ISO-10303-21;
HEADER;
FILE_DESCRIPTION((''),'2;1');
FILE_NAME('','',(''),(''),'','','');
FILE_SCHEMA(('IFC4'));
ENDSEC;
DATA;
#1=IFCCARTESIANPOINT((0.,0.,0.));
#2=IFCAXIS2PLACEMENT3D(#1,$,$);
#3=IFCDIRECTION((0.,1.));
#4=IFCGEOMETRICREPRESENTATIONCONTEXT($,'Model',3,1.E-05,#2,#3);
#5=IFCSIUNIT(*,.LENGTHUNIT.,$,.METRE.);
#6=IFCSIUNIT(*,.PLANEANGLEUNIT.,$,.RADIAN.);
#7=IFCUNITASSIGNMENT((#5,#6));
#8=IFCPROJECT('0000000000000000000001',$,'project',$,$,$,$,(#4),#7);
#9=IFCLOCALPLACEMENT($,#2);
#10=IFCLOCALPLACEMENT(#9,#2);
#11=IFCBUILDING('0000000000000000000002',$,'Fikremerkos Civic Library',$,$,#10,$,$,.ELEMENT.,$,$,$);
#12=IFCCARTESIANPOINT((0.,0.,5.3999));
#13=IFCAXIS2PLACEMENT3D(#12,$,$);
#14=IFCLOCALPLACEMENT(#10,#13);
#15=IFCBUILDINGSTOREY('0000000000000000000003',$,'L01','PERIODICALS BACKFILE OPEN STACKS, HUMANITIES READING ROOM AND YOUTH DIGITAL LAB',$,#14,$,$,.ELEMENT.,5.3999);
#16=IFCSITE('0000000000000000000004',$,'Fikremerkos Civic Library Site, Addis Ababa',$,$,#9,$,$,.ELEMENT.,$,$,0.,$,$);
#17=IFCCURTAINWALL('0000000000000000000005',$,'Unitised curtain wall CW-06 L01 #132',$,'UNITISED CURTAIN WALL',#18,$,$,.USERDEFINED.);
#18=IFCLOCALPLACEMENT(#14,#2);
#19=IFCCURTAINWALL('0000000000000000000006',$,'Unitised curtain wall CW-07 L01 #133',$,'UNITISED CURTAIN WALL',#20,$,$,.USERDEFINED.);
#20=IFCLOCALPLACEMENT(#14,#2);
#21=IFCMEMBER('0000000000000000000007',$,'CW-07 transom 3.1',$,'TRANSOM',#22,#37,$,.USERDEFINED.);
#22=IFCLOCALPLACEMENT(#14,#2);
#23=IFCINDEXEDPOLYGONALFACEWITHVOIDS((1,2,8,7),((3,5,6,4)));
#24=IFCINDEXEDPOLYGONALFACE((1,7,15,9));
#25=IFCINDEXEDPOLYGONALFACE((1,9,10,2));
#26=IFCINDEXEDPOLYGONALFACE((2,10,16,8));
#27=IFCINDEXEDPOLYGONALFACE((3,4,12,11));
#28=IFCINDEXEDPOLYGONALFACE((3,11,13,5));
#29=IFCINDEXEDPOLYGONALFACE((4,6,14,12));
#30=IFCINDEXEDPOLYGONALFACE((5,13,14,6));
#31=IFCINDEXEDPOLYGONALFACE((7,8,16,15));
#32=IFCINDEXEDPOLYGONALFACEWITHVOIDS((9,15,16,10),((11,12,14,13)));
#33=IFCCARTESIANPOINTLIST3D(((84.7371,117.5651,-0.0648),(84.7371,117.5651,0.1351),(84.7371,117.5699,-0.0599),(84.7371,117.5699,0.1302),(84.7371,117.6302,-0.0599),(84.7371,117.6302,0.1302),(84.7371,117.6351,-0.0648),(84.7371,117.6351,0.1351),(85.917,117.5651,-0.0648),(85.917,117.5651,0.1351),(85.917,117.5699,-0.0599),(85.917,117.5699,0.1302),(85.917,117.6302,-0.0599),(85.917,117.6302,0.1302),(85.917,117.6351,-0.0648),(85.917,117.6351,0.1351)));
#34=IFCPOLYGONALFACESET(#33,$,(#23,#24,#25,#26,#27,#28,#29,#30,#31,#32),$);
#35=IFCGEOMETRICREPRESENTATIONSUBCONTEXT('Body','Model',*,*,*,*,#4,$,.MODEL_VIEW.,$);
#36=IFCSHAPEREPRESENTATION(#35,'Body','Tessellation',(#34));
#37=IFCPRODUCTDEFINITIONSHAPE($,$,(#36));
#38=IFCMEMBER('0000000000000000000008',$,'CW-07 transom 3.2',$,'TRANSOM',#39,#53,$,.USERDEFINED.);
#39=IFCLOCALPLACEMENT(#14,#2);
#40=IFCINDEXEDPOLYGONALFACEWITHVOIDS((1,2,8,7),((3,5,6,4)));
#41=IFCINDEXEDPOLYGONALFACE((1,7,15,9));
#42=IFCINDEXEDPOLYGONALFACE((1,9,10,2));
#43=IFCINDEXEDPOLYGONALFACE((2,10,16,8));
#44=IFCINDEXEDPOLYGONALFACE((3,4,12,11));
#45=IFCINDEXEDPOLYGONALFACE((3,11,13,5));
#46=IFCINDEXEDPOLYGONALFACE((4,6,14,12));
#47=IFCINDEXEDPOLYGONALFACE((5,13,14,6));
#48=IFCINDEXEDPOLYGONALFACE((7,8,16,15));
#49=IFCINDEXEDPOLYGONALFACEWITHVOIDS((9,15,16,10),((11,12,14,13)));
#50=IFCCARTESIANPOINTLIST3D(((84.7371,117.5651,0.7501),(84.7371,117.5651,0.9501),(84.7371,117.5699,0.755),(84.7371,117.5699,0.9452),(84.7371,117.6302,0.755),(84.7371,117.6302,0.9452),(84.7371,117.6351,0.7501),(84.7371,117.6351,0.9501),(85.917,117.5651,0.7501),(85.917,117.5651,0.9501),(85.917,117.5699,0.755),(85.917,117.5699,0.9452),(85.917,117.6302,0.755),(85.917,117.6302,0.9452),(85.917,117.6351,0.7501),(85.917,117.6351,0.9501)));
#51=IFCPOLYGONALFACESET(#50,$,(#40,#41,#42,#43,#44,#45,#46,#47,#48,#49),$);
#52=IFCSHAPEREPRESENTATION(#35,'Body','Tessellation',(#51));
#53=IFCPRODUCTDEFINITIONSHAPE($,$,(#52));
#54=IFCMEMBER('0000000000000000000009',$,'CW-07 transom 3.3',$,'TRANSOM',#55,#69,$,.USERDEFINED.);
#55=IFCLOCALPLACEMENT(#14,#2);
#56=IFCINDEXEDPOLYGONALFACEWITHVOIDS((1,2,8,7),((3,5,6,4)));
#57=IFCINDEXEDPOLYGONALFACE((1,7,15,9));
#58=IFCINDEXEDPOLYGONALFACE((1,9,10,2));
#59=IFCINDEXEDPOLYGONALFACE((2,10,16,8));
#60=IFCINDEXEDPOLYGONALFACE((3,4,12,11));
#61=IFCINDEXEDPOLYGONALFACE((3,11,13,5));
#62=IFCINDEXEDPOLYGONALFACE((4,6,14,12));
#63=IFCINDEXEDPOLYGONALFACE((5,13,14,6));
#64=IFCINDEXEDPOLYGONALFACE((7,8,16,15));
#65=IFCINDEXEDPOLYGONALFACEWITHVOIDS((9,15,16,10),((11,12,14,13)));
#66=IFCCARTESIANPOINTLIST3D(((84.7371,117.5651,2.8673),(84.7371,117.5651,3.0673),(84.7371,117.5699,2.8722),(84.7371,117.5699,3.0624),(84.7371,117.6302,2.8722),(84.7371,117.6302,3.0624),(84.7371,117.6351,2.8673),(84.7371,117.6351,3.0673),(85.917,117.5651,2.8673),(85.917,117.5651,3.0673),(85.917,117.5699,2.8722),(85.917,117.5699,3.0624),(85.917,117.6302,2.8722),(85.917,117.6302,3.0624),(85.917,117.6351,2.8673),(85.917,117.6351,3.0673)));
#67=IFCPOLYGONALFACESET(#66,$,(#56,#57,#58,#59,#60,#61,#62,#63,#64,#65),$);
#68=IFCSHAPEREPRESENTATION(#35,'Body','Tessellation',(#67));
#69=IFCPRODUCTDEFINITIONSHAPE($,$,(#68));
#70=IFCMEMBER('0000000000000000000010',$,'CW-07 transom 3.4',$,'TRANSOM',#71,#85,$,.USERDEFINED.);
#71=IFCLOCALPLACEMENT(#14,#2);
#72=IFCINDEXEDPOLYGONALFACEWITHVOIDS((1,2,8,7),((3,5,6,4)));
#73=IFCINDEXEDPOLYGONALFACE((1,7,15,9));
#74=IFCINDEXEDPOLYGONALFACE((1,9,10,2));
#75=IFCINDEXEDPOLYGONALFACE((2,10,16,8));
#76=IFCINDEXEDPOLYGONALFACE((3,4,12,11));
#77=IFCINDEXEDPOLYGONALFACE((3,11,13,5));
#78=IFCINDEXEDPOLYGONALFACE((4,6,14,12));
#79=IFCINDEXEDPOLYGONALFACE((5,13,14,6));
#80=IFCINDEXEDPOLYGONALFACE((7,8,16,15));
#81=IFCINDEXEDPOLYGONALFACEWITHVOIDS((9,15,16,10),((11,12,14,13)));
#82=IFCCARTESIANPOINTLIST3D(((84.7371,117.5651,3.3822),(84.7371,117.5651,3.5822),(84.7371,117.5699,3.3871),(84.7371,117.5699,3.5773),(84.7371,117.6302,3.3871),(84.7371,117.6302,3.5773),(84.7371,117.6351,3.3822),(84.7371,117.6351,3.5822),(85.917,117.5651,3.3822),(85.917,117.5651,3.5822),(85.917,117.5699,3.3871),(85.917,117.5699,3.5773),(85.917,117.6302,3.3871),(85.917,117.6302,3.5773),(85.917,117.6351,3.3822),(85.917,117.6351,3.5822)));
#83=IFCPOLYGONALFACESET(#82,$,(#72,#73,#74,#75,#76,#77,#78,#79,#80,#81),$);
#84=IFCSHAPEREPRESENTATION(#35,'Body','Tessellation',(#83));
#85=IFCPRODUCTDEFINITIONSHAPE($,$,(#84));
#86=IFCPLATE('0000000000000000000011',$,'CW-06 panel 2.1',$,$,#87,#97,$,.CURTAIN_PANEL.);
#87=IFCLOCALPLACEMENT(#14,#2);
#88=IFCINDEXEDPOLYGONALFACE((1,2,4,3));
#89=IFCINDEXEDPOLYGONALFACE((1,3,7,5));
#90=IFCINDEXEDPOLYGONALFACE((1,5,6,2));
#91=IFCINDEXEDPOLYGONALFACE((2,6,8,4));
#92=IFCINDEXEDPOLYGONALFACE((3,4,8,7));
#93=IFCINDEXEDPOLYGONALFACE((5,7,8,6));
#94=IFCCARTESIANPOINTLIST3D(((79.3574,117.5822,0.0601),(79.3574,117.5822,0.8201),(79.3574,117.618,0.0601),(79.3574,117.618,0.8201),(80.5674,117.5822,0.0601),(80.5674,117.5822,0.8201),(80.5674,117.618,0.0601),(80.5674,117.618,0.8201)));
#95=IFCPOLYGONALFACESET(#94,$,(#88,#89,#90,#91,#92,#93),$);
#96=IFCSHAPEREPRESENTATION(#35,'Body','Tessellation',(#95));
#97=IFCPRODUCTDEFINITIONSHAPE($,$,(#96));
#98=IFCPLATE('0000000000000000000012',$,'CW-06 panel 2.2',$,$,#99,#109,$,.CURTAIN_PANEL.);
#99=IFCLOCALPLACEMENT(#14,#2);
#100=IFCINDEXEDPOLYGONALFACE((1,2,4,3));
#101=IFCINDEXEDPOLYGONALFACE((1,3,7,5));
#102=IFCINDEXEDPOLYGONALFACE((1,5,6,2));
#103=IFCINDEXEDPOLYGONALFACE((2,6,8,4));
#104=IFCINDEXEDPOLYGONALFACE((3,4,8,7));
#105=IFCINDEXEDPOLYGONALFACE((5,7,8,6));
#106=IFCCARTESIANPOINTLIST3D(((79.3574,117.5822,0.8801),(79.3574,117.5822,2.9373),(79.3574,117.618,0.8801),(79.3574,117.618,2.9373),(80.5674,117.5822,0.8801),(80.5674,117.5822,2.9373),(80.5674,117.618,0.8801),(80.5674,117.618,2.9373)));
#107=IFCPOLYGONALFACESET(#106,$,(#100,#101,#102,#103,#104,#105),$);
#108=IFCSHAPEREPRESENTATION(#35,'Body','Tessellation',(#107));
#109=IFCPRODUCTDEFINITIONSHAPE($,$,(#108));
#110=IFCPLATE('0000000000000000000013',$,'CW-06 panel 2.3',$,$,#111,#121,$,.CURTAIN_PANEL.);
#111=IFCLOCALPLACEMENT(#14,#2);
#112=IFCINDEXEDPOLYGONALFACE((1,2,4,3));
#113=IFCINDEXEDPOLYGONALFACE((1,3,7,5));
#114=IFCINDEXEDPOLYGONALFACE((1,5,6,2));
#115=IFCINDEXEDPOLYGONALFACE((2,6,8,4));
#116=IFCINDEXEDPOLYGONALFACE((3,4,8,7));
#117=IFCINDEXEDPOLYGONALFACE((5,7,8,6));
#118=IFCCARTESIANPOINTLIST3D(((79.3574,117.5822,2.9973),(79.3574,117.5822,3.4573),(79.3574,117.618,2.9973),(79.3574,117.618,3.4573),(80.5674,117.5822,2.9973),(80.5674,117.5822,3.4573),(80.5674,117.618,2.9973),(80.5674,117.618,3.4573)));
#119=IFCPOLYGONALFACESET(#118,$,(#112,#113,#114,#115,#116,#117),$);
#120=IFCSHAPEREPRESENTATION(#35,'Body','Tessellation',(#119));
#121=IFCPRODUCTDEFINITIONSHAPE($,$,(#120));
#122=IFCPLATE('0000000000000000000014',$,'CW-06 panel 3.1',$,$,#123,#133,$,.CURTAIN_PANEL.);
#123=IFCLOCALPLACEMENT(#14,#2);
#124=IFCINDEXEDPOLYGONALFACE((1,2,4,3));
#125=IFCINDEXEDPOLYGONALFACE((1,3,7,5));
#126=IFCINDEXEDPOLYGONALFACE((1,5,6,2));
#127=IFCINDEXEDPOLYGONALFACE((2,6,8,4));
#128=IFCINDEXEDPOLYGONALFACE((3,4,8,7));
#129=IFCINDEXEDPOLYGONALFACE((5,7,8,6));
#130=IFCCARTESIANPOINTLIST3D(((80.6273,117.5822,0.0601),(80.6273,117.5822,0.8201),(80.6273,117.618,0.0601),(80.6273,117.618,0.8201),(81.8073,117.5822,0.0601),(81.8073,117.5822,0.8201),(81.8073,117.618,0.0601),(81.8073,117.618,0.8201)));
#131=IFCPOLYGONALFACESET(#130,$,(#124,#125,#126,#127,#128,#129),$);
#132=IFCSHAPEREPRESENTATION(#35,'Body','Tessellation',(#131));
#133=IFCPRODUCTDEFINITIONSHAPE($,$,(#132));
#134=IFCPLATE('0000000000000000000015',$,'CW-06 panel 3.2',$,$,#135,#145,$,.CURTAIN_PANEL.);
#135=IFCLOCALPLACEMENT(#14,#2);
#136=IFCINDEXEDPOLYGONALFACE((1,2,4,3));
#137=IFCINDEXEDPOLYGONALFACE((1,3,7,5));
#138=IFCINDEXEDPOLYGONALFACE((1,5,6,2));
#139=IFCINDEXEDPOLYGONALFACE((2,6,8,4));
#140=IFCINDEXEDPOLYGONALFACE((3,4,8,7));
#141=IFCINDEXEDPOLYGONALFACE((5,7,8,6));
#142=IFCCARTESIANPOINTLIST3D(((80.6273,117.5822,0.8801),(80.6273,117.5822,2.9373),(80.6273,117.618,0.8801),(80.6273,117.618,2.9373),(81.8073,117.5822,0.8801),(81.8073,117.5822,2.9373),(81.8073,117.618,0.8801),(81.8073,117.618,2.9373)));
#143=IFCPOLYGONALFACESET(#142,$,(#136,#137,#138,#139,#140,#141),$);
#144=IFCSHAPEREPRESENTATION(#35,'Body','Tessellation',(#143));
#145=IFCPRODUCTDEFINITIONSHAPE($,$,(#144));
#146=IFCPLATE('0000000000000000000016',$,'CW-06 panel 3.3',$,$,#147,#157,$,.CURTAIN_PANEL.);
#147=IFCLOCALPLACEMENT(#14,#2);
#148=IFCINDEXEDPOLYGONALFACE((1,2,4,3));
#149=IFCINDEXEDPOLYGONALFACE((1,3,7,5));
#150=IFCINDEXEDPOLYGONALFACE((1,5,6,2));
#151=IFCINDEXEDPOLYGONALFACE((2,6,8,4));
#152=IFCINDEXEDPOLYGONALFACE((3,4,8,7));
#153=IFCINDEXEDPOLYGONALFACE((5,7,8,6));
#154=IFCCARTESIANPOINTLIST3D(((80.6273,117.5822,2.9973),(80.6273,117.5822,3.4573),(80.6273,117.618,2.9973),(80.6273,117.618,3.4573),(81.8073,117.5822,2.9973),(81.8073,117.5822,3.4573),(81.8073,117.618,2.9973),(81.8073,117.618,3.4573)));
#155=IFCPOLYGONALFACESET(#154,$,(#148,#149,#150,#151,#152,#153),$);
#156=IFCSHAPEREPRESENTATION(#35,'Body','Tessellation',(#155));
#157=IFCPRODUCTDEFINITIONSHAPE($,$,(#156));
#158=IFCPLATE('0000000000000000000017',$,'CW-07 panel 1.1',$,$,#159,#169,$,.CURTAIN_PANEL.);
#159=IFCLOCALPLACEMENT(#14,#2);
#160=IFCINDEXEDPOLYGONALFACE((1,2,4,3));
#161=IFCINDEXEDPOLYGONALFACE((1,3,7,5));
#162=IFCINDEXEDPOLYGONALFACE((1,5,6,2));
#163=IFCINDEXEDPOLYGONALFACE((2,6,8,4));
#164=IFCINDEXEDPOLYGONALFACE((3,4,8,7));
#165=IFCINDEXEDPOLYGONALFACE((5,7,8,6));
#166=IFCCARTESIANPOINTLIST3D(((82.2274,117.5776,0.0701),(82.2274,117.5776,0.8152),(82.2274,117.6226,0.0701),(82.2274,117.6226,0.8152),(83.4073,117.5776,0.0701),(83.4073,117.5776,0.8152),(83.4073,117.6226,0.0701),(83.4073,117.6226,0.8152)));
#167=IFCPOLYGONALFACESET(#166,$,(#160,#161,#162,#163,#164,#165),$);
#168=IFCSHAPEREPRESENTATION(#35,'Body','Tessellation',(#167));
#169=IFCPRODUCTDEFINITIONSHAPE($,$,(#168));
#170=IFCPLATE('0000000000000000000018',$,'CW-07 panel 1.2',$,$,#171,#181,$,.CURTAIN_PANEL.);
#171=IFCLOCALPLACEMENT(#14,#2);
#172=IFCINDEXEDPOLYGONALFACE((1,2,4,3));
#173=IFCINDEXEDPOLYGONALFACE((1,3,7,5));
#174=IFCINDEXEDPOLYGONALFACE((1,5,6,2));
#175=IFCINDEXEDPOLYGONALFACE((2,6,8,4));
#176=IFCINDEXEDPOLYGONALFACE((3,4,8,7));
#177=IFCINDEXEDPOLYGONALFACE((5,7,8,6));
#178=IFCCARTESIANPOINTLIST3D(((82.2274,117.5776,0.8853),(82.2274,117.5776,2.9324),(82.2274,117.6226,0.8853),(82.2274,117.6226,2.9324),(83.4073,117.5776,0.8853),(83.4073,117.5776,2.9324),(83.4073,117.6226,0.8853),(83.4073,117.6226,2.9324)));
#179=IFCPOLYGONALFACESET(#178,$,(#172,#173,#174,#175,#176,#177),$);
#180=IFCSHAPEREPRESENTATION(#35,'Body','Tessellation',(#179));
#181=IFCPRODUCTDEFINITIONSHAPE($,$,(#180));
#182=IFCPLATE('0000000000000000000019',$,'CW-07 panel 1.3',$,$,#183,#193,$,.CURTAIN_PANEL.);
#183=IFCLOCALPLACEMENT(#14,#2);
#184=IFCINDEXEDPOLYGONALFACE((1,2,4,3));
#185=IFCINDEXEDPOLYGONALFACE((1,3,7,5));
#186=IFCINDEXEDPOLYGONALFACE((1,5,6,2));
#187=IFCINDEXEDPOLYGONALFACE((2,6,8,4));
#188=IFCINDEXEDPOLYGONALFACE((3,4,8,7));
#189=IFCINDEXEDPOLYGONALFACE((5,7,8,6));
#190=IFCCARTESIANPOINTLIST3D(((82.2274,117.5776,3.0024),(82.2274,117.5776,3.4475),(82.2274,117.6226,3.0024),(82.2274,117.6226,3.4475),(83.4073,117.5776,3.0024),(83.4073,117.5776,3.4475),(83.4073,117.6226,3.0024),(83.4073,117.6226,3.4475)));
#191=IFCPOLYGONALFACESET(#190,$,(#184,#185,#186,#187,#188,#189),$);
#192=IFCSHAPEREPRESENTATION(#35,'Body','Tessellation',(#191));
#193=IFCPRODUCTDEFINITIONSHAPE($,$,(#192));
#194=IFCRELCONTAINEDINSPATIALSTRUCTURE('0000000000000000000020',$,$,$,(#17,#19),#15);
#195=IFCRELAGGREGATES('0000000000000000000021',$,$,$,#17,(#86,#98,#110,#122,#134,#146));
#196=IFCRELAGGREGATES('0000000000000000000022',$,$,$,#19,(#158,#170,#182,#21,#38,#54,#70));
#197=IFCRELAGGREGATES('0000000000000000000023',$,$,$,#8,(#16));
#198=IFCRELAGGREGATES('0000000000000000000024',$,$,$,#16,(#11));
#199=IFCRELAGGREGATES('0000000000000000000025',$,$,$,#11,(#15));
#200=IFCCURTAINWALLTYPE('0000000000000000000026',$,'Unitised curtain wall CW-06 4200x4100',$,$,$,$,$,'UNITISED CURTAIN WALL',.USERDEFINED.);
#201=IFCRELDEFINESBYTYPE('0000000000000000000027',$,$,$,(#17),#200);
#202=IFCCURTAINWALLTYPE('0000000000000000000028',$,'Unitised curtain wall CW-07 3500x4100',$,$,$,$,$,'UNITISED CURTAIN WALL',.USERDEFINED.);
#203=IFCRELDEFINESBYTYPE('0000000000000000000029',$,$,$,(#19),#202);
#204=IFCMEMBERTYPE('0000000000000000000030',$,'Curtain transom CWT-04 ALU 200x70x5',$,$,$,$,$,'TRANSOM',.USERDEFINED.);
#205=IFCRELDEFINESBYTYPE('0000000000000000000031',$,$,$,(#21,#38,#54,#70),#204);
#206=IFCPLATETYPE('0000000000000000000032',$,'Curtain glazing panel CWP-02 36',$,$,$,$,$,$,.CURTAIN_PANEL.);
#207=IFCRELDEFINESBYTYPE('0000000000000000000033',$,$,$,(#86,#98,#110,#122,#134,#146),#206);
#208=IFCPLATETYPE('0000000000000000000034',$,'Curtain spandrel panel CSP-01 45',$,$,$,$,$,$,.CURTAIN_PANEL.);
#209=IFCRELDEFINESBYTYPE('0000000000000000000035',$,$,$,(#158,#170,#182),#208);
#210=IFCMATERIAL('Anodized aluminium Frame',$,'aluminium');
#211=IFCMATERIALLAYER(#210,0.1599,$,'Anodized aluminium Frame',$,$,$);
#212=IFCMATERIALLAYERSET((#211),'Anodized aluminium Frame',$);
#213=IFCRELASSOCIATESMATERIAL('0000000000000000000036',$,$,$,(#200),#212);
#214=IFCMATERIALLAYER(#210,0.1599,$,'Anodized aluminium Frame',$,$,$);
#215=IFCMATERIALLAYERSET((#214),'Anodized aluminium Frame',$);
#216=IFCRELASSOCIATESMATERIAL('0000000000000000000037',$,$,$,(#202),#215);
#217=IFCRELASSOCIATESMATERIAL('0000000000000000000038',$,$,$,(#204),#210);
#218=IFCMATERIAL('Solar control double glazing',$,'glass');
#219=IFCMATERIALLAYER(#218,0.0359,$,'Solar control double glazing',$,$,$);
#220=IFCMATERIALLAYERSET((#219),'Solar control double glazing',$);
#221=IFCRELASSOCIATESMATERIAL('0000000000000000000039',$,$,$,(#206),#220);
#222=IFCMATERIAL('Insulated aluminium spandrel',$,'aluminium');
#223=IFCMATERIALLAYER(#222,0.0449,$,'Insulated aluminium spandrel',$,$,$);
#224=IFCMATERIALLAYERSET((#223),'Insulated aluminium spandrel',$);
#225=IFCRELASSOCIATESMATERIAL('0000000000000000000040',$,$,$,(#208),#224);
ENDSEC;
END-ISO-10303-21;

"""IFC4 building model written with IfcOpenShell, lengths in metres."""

from ifc_helpers import new_model, si_unit, direction, frame, origin, origin_2d, place, context, subcontext, project, spatial, rectangle, hollow_rectangle, extrude, material, layer, layer_set, material_profile, profile_set, type_object, element, aggregate, save


model = new_model("IFC4")

# Units and contexts
model_context = context("Model", 3, precision=1e-05, world=origin(), true_north=direction((0.0, 1.0)))
body_context = subcontext(model_context, "Body", "Model", "MODEL_VIEW")
ifc_project = project(units=[si_unit("LENGTHUNIT", "METRE"), si_unit("PLANEANGLEUNIT", "RADIAN")], contexts=[model_context])

# Site, building, storey
site_placement = place(None, origin())
site = spatial("IfcSite", under=ifc_project, at=site_placement, Name="Fikremerkos Civic Library Site, Addis Ababa", CompositionType="ELEMENT", RefElevation=0.0)
building_placement = place(site_placement, origin())
building = spatial("IfcBuilding", under=site, at=building_placement, Name="Fikremerkos Civic Library", CompositionType="ELEMENT")
storey_placement = place(building_placement, frame((0.0, 0.0, 5.3999)))
storey = spatial("IfcBuildingStorey", under=building, at=storey_placement, Name="L01", Description="PERIODICALS BACKFILE OPEN STACKS, HUMANITIES READING ROOM AND YOUTH DIGITAL LAB", CompositionType="ELEMENT", Elevation=5.3999)

# Curtain walls
ifc_material_1 = material(Name="Anodized aluminium Frame", Category="aluminium")
ifc_layer_1 = layer(ifc_material_1, 0.1599, Name="Anodized aluminium Frame")
ifc_layer_set_1 = layer_set([ifc_layer_1], Name="Anodized aluminium Frame")
curtain_wall_type_1 = type_object("IfcCurtainWallType", Name="Unitised curtain wall CW-06 4200x4100", ElementType="UNITISED CURTAIN WALL", PredefinedType="USERDEFINED", material=ifc_layer_set_1)
curtain_wall_1_placement = place(storey_placement, origin())
curtain_wall_1 = element("IfcCurtainWall", 1, at=curtain_wall_1_placement, inside=storey, type_object=curtain_wall_type_1, Name="Unitised curtain wall CW-06 L01 #132", ObjectType="UNITISED CURTAIN WALL", PredefinedType="USERDEFINED")
ifc_layer_2 = layer(ifc_material_1, 0.1599, Name="Anodized aluminium Frame")
ifc_layer_set_2 = layer_set([ifc_layer_2], Name="Anodized aluminium Frame")
curtain_wall_type_2 = type_object("IfcCurtainWallType", Name="Unitised curtain wall CW-07 3500x4100", ElementType="UNITISED CURTAIN WALL", PredefinedType="USERDEFINED", material=ifc_layer_set_2)
curtain_wall_2_placement = place(storey_placement, origin())
curtain_wall_2 = element("IfcCurtainWall", 2, at=curtain_wall_2_placement, inside=storey, type_object=curtain_wall_type_2, Name="Unitised curtain wall CW-07 L01 #133", ObjectType="UNITISED CURTAIN WALL", PredefinedType="USERDEFINED")

# Members
ifc_material_profile_1 = material_profile(ifc_material_1, hollow_rectangle(XDim=0.0701, YDim=0.2, WallThickness=0.0049, at=origin_2d()), Name="ALU 200x70x5")
ifc_profile_set_1 = profile_set([ifc_material_profile_1], Name="Anodized aluminium Frame")
member_type_1 = type_object("IfcMemberType", Name="Curtain transom CWT-04 ALU 200x70x5", ElementType="TRANSOM", PredefinedType="USERDEFINED", material=ifc_profile_set_1)
member_1_placement = place(storey_placement, frame((84.7371, 117.6001, 0.0352), z_axis=(1.0, 0.0, 0.0), x_axis=(0.0, 1.0, 0.0)))
member_1 = element("IfcMember", 3, at=member_1_placement, type_object=member_type_1, Name="CW-07 transom 3.1", ObjectType="TRANSOM", PredefinedType="USERDEFINED", context=body_context, shape_type="SweptSolid", body=[
    extrude(hollow_rectangle(XDim=0.0701, YDim=0.2, WallThickness=0.0049, at=origin_2d()), origin(), (0.0, 0.0, 1.0), 1.1799),
])
member_2_placement = place(storey_placement, frame((84.7371, 117.6001, 0.8501), z_axis=(1.0, 0.0, 0.0), x_axis=(0.0, 1.0, 0.0)))
member_2 = element("IfcMember", 4, at=member_2_placement, type_object=member_type_1, Name="CW-07 transom 3.2", ObjectType="TRANSOM", PredefinedType="USERDEFINED", context=body_context, shape_type="SweptSolid", body=[
    extrude(hollow_rectangle(XDim=0.0701, YDim=0.2, WallThickness=0.0049, at=origin_2d()), origin(), (0.0, 0.0, 1.0), 1.1799),
])
member_3_placement = place(storey_placement, frame((84.7371, 117.6001, 2.9673), z_axis=(1.0, 0.0, 0.0), x_axis=(0.0, 1.0, 0.0)))
member_3 = element("IfcMember", 5, at=member_3_placement, type_object=member_type_1, Name="CW-07 transom 3.3", ObjectType="TRANSOM", PredefinedType="USERDEFINED", context=body_context, shape_type="SweptSolid", body=[
    extrude(hollow_rectangle(XDim=0.0701, YDim=0.2, WallThickness=0.0049, at=origin_2d()), origin(), (0.0, 0.0, 1.0), 1.1799),
])
member_4_placement = place(storey_placement, frame((84.7371, 117.6001, 3.4822), z_axis=(1.0, 0.0, 0.0), x_axis=(0.0, 1.0, 0.0)))
member_4 = element("IfcMember", 6, at=member_4_placement, type_object=member_type_1, Name="CW-07 transom 3.4", ObjectType="TRANSOM", PredefinedType="USERDEFINED", context=body_context, shape_type="SweptSolid", body=[
    extrude(hollow_rectangle(XDim=0.0701, YDim=0.2, WallThickness=0.0049, at=origin_2d()), origin(), (0.0, 0.0, 1.0), 1.1799),
])

# Plates
ifc_material_2 = material(Name="Solar control double glazing", Category="glass")
ifc_layer_3 = layer(ifc_material_2, 0.0359, Name="Solar control double glazing")
ifc_layer_set_3 = layer_set([ifc_layer_3], Name="Solar control double glazing")
plate_type_1 = type_object("IfcPlateType", Name="Curtain glazing panel CWP-02 36", PredefinedType="CURTAIN_PANEL", material=ifc_layer_set_3)
plate_1_placement = place(storey_placement, frame((79.9624, 117.6001, 0.0601), z_axis=(0.0, 0.0, 1.0), x_axis=(1.0, 0.0, 0.0)))
plate_1 = element("IfcPlate", 7, at=plate_1_placement, type_object=plate_type_1, Name="CW-06 panel 2.1", PredefinedType="CURTAIN_PANEL", context=body_context, shape_type="SweptSolid", body=[
    extrude(rectangle(XDim=1.21, YDim=0.0359, at=origin_2d()), origin(), (0.0, 0.0, 1.0), 0.76),
])
plate_2_placement = place(storey_placement, frame((79.9624, 117.6001, 0.8801), z_axis=(0.0, 0.0, 1.0), x_axis=(1.0, 0.0, 0.0)))
plate_2 = element("IfcPlate", 8, at=plate_2_placement, type_object=plate_type_1, Name="CW-06 panel 2.2", PredefinedType="CURTAIN_PANEL", context=body_context, shape_type="SweptSolid", body=[
    extrude(rectangle(XDim=1.21, YDim=0.0359, at=origin_2d()), origin(), (0.0, 0.0, 1.0), 2.0571),
])
plate_3_placement = place(storey_placement, frame((79.9624, 117.6001, 2.9973), z_axis=(0.0, 0.0, 1.0), x_axis=(1.0, 0.0, 0.0)))
plate_3 = element("IfcPlate", 9, at=plate_3_placement, type_object=plate_type_1, Name="CW-06 panel 2.3", PredefinedType="CURTAIN_PANEL", context=body_context, shape_type="SweptSolid", body=[
    extrude(rectangle(XDim=1.21, YDim=0.0359, at=origin_2d()), origin(), (0.0, 0.0, 1.0), 0.46),
])
plate_4_placement = place(storey_placement, frame((81.2173, 117.6001, 0.0601), z_axis=(0.0, 0.0, 1.0), x_axis=(1.0, 0.0, 0.0)))
plate_4 = element("IfcPlate", 10, at=plate_4_placement, type_object=plate_type_1, Name="CW-06 panel 3.1", PredefinedType="CURTAIN_PANEL", context=body_context, shape_type="SweptSolid", body=[
    extrude(rectangle(XDim=1.1799, YDim=0.0359, at=origin_2d()), origin(), (0.0, 0.0, 1.0), 0.76),
])
plate_5_placement = place(storey_placement, frame((81.2173, 117.6001, 0.8801), z_axis=(0.0, 0.0, 1.0), x_axis=(1.0, 0.0, 0.0)))
plate_5 = element("IfcPlate", 11, at=plate_5_placement, type_object=plate_type_1, Name="CW-06 panel 3.2", PredefinedType="CURTAIN_PANEL", context=body_context, shape_type="SweptSolid", body=[
    extrude(rectangle(XDim=1.1799, YDim=0.0359, at=origin_2d()), origin(), (0.0, 0.0, 1.0), 2.0571),
])
plate_6_placement = place(storey_placement, frame((81.2173, 117.6001, 2.9973), z_axis=(0.0, 0.0, 1.0), x_axis=(1.0, 0.0, 0.0)))
plate_6 = element("IfcPlate", 12, at=plate_6_placement, type_object=plate_type_1, Name="CW-06 panel 3.3", PredefinedType="CURTAIN_PANEL", context=body_context, shape_type="SweptSolid", body=[
    extrude(rectangle(XDim=1.1799, YDim=0.0359, at=origin_2d()), origin(), (0.0, 0.0, 1.0), 0.46),
])
aggregate(curtain_wall_1, [plate_1, plate_2, plate_3, plate_4, plate_5, plate_6])
ifc_material_3 = material(Name="Insulated aluminium spandrel", Category="aluminium")
ifc_layer_4 = layer(ifc_material_3, 0.0449, Name="Insulated aluminium spandrel")
ifc_layer_set_4 = layer_set([ifc_layer_4], Name="Insulated aluminium spandrel")
plate_type_2 = type_object("IfcPlateType", Name="Curtain spandrel panel CSP-01 45", PredefinedType="CURTAIN_PANEL", material=ifc_layer_set_4)
plate_7_placement = place(storey_placement, frame((82.8174, 117.6001, 0.0701), z_axis=(0.0, 0.0, 1.0), x_axis=(1.0, 0.0, 0.0)))
plate_7 = element("IfcPlate", 13, at=plate_7_placement, type_object=plate_type_2, Name="CW-07 panel 1.1", PredefinedType="CURTAIN_PANEL", context=body_context, shape_type="SweptSolid", body=[
    extrude(rectangle(XDim=1.1799, YDim=0.0449, at=origin_2d()), origin(), (0.0, 0.0, 1.0), 0.7451),
])
plate_8_placement = place(storey_placement, frame((82.8174, 117.6001, 0.8853), z_axis=(0.0, 0.0, 1.0), x_axis=(1.0, 0.0, 0.0)))
plate_8 = element("IfcPlate", 14, at=plate_8_placement, type_object=plate_type_2, Name="CW-07 panel 1.2", PredefinedType="CURTAIN_PANEL", context=body_context, shape_type="SweptSolid", body=[
    extrude(rectangle(XDim=1.1799, YDim=0.0449, at=origin_2d()), origin(), (0.0, 0.0, 1.0), 2.0471),
])
plate_9_placement = place(storey_placement, frame((82.8174, 117.6001, 3.0024), z_axis=(0.0, 0.0, 1.0), x_axis=(1.0, 0.0, 0.0)))
plate_9 = element("IfcPlate", 15, at=plate_9_placement, type_object=plate_type_2, Name="CW-07 panel 1.3", PredefinedType="CURTAIN_PANEL", context=body_context, shape_type="SweptSolid", body=[
    extrude(rectangle(XDim=1.1799, YDim=0.0449, at=origin_2d()), origin(), (0.0, 0.0, 1.0), 0.4451),
])
aggregate(curtain_wall_2, [plate_7, plate_8, plate_9, member_1, member_2, member_3, member_4])

save(model, "model.ifc")
